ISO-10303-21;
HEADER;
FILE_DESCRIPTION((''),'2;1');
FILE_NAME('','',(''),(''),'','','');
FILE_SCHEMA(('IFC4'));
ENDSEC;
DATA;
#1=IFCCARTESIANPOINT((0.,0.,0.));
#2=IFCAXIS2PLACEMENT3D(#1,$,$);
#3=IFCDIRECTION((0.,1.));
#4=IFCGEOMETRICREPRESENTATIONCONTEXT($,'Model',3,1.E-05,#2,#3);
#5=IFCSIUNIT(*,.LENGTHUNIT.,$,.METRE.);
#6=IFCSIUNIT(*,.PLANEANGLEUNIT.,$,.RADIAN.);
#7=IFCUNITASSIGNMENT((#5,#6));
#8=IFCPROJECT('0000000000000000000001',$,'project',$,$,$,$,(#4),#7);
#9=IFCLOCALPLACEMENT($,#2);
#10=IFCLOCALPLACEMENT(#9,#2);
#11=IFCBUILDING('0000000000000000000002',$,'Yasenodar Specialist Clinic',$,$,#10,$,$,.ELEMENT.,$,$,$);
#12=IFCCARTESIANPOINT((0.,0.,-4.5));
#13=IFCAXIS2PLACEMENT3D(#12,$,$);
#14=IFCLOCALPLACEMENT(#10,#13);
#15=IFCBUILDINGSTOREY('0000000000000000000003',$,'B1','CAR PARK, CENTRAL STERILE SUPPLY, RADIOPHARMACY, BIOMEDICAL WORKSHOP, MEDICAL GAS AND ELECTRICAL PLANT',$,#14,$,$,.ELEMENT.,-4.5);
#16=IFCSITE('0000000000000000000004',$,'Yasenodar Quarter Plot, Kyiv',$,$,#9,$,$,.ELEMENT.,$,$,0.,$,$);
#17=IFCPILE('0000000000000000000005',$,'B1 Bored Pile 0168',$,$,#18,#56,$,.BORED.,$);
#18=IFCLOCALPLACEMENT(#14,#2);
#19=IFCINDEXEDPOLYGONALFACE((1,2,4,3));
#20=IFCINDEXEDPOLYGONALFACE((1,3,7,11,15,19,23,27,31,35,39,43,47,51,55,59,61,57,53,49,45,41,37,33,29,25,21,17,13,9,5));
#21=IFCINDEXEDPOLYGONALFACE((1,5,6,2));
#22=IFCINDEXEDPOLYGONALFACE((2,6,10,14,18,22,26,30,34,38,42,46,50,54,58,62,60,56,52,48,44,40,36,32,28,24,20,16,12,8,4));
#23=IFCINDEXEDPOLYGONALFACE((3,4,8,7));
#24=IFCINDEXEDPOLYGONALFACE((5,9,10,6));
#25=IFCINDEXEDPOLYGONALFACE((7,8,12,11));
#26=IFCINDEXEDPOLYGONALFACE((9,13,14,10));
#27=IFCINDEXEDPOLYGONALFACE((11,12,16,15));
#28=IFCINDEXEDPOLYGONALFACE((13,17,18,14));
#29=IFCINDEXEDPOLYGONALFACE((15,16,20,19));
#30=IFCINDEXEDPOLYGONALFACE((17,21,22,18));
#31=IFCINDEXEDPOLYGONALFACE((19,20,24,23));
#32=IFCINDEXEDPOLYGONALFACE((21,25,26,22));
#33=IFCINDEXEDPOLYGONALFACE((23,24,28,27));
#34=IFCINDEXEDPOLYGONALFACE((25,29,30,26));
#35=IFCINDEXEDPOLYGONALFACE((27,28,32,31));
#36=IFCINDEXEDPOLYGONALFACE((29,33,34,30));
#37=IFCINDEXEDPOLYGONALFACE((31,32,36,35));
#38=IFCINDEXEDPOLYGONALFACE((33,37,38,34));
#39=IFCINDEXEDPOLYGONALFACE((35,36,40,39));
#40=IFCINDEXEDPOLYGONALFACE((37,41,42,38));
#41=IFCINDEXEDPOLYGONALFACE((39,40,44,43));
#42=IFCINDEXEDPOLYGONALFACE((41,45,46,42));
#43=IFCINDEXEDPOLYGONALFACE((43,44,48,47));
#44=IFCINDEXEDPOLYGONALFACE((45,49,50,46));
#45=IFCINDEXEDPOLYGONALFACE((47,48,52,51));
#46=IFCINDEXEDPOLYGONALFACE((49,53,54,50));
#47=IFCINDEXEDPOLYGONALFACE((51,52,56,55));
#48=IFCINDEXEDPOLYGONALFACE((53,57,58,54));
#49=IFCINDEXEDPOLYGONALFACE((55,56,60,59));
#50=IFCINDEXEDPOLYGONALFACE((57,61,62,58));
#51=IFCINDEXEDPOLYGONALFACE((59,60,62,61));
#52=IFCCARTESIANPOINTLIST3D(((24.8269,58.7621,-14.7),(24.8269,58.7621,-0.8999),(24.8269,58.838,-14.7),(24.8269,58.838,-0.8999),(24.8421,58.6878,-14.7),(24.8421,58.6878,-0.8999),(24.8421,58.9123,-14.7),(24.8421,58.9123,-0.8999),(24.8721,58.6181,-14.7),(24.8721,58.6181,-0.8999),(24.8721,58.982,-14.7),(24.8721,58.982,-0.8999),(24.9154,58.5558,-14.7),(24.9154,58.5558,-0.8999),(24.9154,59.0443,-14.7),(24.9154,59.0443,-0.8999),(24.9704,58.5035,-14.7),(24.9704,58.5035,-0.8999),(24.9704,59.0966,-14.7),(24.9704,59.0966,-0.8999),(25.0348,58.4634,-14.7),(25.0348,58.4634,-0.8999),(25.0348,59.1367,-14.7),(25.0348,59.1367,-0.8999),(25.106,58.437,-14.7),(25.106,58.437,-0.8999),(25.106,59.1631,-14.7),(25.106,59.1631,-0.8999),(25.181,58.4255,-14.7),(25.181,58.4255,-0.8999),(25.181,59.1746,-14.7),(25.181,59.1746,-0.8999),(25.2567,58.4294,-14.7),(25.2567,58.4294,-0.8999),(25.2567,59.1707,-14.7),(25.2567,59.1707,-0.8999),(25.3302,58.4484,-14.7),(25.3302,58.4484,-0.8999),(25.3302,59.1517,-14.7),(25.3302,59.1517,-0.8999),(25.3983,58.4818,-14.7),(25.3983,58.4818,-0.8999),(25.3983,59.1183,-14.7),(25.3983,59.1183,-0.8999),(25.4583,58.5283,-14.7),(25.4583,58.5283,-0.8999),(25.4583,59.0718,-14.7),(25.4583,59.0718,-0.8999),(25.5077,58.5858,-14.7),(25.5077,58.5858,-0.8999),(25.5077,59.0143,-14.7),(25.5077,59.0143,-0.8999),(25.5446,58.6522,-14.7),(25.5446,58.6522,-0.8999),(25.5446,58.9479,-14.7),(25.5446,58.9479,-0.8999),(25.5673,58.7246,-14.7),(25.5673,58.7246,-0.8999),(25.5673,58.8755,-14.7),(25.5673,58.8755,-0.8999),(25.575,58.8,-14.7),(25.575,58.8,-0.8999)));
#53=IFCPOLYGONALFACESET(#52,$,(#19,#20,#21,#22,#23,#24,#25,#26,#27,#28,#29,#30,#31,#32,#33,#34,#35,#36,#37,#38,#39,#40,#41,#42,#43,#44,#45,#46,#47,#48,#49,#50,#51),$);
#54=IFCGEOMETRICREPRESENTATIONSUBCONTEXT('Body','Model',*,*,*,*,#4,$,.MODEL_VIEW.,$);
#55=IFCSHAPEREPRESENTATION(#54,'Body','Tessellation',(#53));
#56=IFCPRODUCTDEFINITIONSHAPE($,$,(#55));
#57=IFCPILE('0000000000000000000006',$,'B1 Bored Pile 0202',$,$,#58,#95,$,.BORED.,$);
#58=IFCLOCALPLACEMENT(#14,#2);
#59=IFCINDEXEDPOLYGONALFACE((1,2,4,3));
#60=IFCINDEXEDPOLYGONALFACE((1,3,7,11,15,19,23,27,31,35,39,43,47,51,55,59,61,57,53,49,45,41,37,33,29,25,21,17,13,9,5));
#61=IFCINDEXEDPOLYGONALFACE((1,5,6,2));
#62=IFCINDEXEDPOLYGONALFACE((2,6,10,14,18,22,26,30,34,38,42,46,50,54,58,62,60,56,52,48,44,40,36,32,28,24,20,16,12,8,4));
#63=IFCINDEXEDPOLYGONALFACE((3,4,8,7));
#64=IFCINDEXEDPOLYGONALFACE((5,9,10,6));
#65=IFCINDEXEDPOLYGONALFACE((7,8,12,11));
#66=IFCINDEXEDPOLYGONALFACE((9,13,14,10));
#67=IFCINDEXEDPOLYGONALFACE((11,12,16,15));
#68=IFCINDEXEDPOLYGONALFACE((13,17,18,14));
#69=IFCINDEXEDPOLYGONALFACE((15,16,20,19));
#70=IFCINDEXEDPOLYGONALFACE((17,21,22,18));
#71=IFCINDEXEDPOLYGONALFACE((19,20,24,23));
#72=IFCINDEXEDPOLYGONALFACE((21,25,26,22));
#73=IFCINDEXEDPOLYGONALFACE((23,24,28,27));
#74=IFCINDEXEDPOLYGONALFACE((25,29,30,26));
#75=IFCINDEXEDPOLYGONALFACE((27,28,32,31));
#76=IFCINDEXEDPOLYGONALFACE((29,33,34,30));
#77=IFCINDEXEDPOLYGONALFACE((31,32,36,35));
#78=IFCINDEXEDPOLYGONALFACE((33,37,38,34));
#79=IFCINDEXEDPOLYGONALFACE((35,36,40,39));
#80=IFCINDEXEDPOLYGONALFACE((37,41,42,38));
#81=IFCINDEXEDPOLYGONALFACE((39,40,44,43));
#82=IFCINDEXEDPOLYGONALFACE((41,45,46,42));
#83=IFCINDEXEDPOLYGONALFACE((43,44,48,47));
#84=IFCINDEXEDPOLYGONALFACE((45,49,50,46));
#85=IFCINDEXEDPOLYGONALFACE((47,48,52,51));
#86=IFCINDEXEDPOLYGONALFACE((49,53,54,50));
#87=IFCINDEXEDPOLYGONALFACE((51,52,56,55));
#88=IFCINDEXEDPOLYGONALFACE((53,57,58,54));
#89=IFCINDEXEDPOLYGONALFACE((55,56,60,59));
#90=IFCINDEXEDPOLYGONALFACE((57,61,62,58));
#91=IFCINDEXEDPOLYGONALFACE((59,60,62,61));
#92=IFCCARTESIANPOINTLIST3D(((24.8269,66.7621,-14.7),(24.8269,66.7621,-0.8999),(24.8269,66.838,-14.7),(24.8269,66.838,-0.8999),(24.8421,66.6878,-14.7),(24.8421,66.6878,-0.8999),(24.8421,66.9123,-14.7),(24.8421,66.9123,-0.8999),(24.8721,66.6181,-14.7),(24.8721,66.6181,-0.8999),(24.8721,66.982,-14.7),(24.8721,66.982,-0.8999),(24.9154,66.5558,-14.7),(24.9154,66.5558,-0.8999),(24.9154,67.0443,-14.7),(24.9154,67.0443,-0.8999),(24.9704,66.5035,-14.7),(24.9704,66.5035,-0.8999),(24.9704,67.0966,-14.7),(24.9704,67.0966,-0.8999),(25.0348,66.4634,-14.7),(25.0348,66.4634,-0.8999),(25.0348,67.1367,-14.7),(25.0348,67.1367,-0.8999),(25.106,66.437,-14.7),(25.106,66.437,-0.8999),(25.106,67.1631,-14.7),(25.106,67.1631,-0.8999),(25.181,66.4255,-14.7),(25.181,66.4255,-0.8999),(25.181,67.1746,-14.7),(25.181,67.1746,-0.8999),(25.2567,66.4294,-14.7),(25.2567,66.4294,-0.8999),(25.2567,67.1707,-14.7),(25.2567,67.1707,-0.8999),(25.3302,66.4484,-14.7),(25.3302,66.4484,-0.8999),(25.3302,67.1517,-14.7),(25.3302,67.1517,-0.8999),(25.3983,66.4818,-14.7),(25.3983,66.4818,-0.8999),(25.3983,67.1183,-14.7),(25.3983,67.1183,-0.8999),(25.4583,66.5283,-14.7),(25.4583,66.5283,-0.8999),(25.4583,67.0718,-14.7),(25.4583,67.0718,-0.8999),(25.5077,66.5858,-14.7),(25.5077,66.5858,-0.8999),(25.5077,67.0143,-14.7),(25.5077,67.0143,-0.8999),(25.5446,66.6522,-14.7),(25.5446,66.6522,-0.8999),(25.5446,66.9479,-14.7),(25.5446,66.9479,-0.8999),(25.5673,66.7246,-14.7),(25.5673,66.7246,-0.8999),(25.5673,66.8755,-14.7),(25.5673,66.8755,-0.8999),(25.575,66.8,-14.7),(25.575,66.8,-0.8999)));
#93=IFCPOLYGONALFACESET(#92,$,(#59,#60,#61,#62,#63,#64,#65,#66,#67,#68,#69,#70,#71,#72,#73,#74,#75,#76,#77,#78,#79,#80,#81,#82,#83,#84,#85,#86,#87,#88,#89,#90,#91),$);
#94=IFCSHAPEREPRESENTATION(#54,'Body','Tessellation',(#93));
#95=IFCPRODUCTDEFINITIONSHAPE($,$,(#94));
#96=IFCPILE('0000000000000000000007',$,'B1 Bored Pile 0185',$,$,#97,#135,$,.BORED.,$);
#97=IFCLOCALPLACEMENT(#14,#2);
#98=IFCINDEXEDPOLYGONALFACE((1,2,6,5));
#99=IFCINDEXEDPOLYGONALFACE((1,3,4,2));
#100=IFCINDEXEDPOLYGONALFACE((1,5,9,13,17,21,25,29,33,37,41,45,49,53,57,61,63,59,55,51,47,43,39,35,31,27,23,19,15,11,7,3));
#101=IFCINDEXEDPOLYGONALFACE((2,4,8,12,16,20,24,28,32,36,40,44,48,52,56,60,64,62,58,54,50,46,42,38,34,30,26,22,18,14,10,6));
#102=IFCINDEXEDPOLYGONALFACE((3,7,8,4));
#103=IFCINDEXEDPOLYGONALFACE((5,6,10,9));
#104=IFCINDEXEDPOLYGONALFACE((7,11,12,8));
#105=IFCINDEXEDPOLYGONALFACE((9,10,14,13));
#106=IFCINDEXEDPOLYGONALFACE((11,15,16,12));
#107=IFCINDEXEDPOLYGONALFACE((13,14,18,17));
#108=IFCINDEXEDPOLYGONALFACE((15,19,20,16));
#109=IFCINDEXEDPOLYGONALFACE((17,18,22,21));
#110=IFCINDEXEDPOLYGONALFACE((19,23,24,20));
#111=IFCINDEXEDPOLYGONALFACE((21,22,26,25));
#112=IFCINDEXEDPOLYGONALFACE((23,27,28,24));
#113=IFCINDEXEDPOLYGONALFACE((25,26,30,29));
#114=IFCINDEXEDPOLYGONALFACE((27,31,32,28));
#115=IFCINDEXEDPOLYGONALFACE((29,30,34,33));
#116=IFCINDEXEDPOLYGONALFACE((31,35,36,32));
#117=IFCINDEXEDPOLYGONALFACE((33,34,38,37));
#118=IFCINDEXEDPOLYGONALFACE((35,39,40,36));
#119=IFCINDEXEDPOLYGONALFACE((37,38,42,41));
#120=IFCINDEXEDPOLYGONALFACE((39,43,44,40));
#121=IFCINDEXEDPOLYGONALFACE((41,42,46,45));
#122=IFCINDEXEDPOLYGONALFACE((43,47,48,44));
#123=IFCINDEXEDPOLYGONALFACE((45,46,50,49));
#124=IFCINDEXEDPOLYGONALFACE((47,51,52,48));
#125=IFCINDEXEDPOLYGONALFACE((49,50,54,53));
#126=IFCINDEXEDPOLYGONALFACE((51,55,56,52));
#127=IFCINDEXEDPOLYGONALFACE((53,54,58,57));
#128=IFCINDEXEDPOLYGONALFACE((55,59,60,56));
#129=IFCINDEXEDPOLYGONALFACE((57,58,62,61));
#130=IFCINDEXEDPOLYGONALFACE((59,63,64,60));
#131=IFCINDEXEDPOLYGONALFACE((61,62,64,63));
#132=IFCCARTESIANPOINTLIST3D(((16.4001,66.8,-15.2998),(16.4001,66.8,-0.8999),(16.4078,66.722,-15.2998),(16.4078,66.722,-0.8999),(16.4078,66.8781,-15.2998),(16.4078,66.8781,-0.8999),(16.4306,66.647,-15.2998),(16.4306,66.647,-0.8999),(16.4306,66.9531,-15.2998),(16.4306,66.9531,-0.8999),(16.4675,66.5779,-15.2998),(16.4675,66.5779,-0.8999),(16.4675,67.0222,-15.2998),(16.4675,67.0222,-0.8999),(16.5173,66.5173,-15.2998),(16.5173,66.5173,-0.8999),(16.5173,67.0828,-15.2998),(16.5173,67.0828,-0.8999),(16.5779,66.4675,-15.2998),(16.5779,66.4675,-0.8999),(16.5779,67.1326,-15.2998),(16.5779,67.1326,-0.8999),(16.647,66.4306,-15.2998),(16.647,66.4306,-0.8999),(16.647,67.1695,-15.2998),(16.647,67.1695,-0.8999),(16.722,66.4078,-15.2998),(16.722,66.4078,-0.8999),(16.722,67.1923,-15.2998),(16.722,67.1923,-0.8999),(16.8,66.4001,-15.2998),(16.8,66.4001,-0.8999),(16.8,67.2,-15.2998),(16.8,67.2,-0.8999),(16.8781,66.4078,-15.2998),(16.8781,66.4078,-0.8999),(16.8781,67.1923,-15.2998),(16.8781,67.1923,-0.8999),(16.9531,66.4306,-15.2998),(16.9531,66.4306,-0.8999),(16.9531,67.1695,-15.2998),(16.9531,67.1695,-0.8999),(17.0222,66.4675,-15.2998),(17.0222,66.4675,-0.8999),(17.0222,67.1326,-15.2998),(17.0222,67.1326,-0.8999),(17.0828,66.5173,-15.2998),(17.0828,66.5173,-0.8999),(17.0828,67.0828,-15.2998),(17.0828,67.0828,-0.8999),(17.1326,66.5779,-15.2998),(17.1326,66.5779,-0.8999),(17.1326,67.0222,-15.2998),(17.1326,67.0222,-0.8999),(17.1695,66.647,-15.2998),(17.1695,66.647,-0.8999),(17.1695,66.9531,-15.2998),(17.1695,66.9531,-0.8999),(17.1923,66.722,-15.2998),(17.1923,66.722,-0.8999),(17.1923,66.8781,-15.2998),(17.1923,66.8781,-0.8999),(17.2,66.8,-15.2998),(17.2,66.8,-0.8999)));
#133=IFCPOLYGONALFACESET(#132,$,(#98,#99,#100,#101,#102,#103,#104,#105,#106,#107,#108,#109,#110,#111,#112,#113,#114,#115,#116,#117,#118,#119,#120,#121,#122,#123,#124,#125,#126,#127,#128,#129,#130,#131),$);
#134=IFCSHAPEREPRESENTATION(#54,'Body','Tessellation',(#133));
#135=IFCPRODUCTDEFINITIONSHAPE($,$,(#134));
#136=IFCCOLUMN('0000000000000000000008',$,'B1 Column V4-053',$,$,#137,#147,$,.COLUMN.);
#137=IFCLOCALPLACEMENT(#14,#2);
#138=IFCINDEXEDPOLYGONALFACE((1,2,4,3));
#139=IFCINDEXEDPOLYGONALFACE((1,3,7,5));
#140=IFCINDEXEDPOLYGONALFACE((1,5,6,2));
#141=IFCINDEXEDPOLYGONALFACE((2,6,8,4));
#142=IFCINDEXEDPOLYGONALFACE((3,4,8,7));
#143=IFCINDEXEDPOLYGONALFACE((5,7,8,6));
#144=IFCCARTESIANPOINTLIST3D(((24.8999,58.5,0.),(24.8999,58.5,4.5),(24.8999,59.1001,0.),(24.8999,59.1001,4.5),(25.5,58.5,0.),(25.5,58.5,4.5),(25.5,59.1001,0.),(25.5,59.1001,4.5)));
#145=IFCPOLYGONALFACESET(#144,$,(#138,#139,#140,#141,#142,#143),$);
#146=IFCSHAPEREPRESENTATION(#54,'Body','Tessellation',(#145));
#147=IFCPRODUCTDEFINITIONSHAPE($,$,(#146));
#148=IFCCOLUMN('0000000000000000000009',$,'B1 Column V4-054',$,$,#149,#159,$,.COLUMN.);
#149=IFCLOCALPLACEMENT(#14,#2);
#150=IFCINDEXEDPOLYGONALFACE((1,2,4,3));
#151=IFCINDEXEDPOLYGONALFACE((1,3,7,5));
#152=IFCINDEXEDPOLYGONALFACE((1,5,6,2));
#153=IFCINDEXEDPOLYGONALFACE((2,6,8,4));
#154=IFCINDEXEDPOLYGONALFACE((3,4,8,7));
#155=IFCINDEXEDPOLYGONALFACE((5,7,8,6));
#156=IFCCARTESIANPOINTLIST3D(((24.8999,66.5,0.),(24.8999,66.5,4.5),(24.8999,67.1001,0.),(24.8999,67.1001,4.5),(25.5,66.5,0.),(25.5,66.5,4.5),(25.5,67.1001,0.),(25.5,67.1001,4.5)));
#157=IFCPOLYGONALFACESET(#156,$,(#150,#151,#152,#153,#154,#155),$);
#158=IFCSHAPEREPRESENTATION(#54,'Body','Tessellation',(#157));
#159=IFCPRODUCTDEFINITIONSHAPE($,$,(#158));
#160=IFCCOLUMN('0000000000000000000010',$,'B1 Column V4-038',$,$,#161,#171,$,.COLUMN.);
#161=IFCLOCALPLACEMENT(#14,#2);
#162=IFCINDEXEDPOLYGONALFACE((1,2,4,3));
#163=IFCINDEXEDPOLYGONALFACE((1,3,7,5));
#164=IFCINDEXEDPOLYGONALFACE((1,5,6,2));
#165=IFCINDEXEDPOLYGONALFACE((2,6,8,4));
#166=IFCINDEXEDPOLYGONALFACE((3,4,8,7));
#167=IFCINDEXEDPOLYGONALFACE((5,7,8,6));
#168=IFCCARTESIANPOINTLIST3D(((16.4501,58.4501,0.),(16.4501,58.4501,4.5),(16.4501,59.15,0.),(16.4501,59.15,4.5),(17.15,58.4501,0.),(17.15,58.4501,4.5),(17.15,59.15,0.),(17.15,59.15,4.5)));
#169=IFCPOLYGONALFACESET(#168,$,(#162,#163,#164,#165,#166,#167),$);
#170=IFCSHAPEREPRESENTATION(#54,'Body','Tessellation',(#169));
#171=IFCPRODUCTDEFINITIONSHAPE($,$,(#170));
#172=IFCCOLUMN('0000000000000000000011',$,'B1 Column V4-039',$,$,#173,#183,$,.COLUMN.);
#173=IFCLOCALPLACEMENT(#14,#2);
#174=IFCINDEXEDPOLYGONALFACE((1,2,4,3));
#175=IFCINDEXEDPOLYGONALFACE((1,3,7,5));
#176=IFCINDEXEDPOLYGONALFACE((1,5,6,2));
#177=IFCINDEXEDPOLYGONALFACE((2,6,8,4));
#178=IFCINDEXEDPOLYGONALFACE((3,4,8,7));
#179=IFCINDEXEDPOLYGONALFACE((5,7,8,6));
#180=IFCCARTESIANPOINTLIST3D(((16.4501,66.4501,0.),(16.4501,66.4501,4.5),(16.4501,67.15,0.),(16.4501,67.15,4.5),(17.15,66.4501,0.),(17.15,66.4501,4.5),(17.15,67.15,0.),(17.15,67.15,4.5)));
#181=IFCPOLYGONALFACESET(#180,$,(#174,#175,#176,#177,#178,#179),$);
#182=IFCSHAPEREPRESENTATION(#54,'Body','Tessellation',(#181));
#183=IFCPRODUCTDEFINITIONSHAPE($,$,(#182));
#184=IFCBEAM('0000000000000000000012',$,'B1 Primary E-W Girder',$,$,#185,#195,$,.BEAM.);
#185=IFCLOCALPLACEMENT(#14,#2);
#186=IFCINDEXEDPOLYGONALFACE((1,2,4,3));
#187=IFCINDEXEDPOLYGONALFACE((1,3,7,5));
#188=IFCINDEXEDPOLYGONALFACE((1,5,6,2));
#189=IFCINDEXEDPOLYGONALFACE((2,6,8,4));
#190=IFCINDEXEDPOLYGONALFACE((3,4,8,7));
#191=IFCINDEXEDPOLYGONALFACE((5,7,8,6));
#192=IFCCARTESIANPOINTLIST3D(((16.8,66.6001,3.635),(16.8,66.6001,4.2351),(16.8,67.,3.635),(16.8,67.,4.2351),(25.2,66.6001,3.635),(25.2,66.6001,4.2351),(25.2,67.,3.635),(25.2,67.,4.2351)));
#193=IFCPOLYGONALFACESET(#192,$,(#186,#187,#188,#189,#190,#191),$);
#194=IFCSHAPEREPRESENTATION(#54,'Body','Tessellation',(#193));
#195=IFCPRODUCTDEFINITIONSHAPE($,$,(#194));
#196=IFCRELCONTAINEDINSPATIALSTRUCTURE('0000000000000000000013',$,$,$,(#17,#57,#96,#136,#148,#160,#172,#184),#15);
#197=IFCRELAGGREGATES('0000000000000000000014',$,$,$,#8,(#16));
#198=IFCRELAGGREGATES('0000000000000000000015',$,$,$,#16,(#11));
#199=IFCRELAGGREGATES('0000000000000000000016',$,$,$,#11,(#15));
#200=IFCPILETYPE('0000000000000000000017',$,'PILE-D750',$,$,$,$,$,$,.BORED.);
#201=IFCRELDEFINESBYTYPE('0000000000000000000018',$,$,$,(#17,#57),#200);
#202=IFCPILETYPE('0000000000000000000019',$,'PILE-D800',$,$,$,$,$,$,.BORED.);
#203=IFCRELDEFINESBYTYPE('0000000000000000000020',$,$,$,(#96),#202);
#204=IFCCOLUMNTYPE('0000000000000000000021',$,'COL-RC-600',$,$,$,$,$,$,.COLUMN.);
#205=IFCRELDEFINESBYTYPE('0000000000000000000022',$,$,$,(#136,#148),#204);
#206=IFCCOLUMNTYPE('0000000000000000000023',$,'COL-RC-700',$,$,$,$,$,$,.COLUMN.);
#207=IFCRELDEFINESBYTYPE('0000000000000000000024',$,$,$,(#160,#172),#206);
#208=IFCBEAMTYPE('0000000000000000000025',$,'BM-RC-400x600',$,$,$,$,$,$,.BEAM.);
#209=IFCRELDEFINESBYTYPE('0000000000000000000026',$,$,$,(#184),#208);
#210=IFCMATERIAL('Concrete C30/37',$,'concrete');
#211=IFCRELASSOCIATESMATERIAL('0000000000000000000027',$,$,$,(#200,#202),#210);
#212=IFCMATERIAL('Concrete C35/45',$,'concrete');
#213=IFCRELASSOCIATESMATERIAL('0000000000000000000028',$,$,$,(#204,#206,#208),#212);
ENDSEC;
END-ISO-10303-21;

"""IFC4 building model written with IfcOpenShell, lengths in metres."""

from ifc_helpers import new_model, si_unit, direction, frame, origin, origin_2d, place, context, subcontext, project, spatial, rectangle, circle, extrude, material, material_profile, profile_set, type_object, element, save


model = new_model("IFC4")

# Units and contexts
model_context = context("Model", 3, precision=1e-05, world=origin(), true_north=direction((0.0, 1.0)))
body_context = subcontext(model_context, "Body", "Model", "MODEL_VIEW")
ifc_project = project(units=[si_unit("LENGTHUNIT", "METRE"), si_unit("PLANEANGLEUNIT", "RADIAN")], contexts=[model_context])

# Site, building, storey
site_placement = place(None, origin())
site = spatial("IfcSite", under=ifc_project, at=site_placement, Name="Yasenodar Quarter Plot, Kyiv", CompositionType="ELEMENT", RefElevation=0.0)
building_placement = place(site_placement, origin())
building = spatial("IfcBuilding", under=site, at=building_placement, Name="Yasenodar Specialist Clinic", CompositionType="ELEMENT")
storey_placement = place(building_placement, frame((0.0, 0.0, -4.5)))
storey = spatial("IfcBuildingStorey", under=building, at=storey_placement, Name="B1", Description="CAR PARK, CENTRAL STERILE SUPPLY, RADIOPHARMACY, BIOMEDICAL WORKSHOP, MEDICAL GAS AND ELECTRICAL PLANT", CompositionType="ELEMENT", Elevation=-4.5)

# Shared definitions
ifc_material_1 = material(Name="Concrete C35/45", Category="concrete")

# Piles
ifc_material_2 = material(Name="Concrete C30/37", Category="concrete")
ifc_material_profile_1 = material_profile(ifc_material_2, circle(Radius=0.375, at=origin_2d()), Name="PILE D750")
ifc_profile_set_1 = profile_set([ifc_material_profile_1], Name="Concrete C30/37")
pile_type_1 = type_object("IfcPileType", Name="PILE-D750", PredefinedType="BORED", material=ifc_profile_set_1)
for number, where, z_axis, x_axis, name in (
    (1, (25.2, 58.8, -0.8999), (0.0, 0.0, -1.0), (1.0, 0.0, 0.0), "B1 Bored Pile 0168"),
    (2, (25.2, 66.8, -0.8999), (0.0, 0.0, -1.0), (1.0, 0.0, 0.0), "B1 Bored Pile 0202"),
):
    element("IfcPile", number, at=place(storey_placement, frame(where, z_axis=z_axis, x_axis=x_axis)), inside=storey, type_object=pile_type_1, Name=name, PredefinedType="BORED", context=body_context, shape_type="SweptSolid", body=[
        extrude(circle(Radius=0.375, at=origin_2d()), origin(), (0.0, 0.0, 1.0), 13.8),
    ])
ifc_material_profile_2 = material_profile(ifc_material_2, circle(Radius=0.3999, at=origin_2d()), Name="PILE D800")
ifc_profile_set_2 = profile_set([ifc_material_profile_2], Name="Concrete C30/37")
pile_type_2 = type_object("IfcPileType", Name="PILE-D800", PredefinedType="BORED", material=ifc_profile_set_2)
pile_placement = place(storey_placement, frame((16.8, 66.8, -0.8999), z_axis=(0.0, 0.0, -1.0), x_axis=(1.0, 0.0, 0.0)))
element("IfcPile", 3, at=pile_placement, inside=storey, type_object=pile_type_2, Name="B1 Bored Pile 0185", PredefinedType="BORED", context=body_context, shape_type="SweptSolid", body=[
    extrude(circle(Radius=0.3999, at=origin_2d()), origin(), (0.0, 0.0, 1.0), 14.3999),
])

# Columns
ifc_material_profile_3 = material_profile(ifc_material_1, rectangle(XDim=0.6001, YDim=0.6001, at=origin_2d()), Name="RC 600x600")
ifc_profile_set_3 = profile_set([ifc_material_profile_3], Name="Concrete C35/45")
column_type_1 = type_object("IfcColumnType", Name="COL-RC-600", PredefinedType="COLUMN", material=ifc_profile_set_3)
for number, where, z_axis, x_axis, name in (
    (4, (25.2, 58.8, 0.0), (0.0, 0.0, 1.0), (1.0, 0.0, 0.0), "B1 Column V4-053"),
    (5, (25.2, 66.8, 0.0), (0.0, 0.0, 1.0), (1.0, 0.0, 0.0), "B1 Column V4-054"),
):
    element("IfcColumn", number, at=place(storey_placement, frame(where, z_axis=z_axis, x_axis=x_axis)), inside=storey, type_object=column_type_1, Name=name, PredefinedType="COLUMN", context=body_context, shape_type="SweptSolid", body=[
        extrude(rectangle(XDim=0.6001, YDim=0.6001, at=origin_2d()), origin(), (0.0, 0.0, 1.0), 4.5),
    ])
ifc_material_profile_4 = material_profile(ifc_material_1, rectangle(XDim=0.7, YDim=0.7, at=origin_2d()), Name="RC 700x700")
ifc_profile_set_4 = profile_set([ifc_material_profile_4], Name="Concrete C35/45")
column_type_2 = type_object("IfcColumnType", Name="COL-RC-700", PredefinedType="COLUMN", material=ifc_profile_set_4)
for number, where, z_axis, x_axis, name in (
    (6, (16.8, 58.8, 0.0), (0.0, 0.0, 1.0), (1.0, 0.0, 0.0), "B1 Column V4-038"),
    (7, (16.8, 66.8, 0.0), (0.0, 0.0, 1.0), (1.0, 0.0, 0.0), "B1 Column V4-039"),
):
    element("IfcColumn", number, at=place(storey_placement, frame(where, z_axis=z_axis, x_axis=x_axis)), inside=storey, type_object=column_type_2, Name=name, PredefinedType="COLUMN", context=body_context, shape_type="SweptSolid", body=[
        extrude(rectangle(XDim=0.7, YDim=0.7, at=origin_2d()), origin(), (0.0, 0.0, 1.0), 4.5),
    ])

# Beam
ifc_material_profile_5 = material_profile(ifc_material_1, rectangle(XDim=0.3999, YDim=0.6001, at=origin_2d()), Name="RC 400x600")
ifc_profile_set_5 = profile_set([ifc_material_profile_5], Name="Concrete C35/45")
beam_type_1 = type_object("IfcBeamType", Name="BM-RC-400x600", PredefinedType="BEAM", material=ifc_profile_set_5)
beam_1_placement = place(storey_placement, frame((16.8, 66.8, 3.9351), z_axis=(1.0, 0.0, 0.0), x_axis=(0.0, 1.0, 0.0)))
element("IfcBeam", 8, at=beam_1_placement, inside=storey, type_object=beam_type_1, Name="B1 Primary E-W Girder", PredefinedType="BEAM", context=body_context, shape_type="SweptSolid", body=[
    extrude(rectangle(XDim=0.3999, YDim=0.6001, at=origin_2d()), origin(), (0.0, 0.0, 1.0), 8.3999),
])

save(model, "model.ifc")
